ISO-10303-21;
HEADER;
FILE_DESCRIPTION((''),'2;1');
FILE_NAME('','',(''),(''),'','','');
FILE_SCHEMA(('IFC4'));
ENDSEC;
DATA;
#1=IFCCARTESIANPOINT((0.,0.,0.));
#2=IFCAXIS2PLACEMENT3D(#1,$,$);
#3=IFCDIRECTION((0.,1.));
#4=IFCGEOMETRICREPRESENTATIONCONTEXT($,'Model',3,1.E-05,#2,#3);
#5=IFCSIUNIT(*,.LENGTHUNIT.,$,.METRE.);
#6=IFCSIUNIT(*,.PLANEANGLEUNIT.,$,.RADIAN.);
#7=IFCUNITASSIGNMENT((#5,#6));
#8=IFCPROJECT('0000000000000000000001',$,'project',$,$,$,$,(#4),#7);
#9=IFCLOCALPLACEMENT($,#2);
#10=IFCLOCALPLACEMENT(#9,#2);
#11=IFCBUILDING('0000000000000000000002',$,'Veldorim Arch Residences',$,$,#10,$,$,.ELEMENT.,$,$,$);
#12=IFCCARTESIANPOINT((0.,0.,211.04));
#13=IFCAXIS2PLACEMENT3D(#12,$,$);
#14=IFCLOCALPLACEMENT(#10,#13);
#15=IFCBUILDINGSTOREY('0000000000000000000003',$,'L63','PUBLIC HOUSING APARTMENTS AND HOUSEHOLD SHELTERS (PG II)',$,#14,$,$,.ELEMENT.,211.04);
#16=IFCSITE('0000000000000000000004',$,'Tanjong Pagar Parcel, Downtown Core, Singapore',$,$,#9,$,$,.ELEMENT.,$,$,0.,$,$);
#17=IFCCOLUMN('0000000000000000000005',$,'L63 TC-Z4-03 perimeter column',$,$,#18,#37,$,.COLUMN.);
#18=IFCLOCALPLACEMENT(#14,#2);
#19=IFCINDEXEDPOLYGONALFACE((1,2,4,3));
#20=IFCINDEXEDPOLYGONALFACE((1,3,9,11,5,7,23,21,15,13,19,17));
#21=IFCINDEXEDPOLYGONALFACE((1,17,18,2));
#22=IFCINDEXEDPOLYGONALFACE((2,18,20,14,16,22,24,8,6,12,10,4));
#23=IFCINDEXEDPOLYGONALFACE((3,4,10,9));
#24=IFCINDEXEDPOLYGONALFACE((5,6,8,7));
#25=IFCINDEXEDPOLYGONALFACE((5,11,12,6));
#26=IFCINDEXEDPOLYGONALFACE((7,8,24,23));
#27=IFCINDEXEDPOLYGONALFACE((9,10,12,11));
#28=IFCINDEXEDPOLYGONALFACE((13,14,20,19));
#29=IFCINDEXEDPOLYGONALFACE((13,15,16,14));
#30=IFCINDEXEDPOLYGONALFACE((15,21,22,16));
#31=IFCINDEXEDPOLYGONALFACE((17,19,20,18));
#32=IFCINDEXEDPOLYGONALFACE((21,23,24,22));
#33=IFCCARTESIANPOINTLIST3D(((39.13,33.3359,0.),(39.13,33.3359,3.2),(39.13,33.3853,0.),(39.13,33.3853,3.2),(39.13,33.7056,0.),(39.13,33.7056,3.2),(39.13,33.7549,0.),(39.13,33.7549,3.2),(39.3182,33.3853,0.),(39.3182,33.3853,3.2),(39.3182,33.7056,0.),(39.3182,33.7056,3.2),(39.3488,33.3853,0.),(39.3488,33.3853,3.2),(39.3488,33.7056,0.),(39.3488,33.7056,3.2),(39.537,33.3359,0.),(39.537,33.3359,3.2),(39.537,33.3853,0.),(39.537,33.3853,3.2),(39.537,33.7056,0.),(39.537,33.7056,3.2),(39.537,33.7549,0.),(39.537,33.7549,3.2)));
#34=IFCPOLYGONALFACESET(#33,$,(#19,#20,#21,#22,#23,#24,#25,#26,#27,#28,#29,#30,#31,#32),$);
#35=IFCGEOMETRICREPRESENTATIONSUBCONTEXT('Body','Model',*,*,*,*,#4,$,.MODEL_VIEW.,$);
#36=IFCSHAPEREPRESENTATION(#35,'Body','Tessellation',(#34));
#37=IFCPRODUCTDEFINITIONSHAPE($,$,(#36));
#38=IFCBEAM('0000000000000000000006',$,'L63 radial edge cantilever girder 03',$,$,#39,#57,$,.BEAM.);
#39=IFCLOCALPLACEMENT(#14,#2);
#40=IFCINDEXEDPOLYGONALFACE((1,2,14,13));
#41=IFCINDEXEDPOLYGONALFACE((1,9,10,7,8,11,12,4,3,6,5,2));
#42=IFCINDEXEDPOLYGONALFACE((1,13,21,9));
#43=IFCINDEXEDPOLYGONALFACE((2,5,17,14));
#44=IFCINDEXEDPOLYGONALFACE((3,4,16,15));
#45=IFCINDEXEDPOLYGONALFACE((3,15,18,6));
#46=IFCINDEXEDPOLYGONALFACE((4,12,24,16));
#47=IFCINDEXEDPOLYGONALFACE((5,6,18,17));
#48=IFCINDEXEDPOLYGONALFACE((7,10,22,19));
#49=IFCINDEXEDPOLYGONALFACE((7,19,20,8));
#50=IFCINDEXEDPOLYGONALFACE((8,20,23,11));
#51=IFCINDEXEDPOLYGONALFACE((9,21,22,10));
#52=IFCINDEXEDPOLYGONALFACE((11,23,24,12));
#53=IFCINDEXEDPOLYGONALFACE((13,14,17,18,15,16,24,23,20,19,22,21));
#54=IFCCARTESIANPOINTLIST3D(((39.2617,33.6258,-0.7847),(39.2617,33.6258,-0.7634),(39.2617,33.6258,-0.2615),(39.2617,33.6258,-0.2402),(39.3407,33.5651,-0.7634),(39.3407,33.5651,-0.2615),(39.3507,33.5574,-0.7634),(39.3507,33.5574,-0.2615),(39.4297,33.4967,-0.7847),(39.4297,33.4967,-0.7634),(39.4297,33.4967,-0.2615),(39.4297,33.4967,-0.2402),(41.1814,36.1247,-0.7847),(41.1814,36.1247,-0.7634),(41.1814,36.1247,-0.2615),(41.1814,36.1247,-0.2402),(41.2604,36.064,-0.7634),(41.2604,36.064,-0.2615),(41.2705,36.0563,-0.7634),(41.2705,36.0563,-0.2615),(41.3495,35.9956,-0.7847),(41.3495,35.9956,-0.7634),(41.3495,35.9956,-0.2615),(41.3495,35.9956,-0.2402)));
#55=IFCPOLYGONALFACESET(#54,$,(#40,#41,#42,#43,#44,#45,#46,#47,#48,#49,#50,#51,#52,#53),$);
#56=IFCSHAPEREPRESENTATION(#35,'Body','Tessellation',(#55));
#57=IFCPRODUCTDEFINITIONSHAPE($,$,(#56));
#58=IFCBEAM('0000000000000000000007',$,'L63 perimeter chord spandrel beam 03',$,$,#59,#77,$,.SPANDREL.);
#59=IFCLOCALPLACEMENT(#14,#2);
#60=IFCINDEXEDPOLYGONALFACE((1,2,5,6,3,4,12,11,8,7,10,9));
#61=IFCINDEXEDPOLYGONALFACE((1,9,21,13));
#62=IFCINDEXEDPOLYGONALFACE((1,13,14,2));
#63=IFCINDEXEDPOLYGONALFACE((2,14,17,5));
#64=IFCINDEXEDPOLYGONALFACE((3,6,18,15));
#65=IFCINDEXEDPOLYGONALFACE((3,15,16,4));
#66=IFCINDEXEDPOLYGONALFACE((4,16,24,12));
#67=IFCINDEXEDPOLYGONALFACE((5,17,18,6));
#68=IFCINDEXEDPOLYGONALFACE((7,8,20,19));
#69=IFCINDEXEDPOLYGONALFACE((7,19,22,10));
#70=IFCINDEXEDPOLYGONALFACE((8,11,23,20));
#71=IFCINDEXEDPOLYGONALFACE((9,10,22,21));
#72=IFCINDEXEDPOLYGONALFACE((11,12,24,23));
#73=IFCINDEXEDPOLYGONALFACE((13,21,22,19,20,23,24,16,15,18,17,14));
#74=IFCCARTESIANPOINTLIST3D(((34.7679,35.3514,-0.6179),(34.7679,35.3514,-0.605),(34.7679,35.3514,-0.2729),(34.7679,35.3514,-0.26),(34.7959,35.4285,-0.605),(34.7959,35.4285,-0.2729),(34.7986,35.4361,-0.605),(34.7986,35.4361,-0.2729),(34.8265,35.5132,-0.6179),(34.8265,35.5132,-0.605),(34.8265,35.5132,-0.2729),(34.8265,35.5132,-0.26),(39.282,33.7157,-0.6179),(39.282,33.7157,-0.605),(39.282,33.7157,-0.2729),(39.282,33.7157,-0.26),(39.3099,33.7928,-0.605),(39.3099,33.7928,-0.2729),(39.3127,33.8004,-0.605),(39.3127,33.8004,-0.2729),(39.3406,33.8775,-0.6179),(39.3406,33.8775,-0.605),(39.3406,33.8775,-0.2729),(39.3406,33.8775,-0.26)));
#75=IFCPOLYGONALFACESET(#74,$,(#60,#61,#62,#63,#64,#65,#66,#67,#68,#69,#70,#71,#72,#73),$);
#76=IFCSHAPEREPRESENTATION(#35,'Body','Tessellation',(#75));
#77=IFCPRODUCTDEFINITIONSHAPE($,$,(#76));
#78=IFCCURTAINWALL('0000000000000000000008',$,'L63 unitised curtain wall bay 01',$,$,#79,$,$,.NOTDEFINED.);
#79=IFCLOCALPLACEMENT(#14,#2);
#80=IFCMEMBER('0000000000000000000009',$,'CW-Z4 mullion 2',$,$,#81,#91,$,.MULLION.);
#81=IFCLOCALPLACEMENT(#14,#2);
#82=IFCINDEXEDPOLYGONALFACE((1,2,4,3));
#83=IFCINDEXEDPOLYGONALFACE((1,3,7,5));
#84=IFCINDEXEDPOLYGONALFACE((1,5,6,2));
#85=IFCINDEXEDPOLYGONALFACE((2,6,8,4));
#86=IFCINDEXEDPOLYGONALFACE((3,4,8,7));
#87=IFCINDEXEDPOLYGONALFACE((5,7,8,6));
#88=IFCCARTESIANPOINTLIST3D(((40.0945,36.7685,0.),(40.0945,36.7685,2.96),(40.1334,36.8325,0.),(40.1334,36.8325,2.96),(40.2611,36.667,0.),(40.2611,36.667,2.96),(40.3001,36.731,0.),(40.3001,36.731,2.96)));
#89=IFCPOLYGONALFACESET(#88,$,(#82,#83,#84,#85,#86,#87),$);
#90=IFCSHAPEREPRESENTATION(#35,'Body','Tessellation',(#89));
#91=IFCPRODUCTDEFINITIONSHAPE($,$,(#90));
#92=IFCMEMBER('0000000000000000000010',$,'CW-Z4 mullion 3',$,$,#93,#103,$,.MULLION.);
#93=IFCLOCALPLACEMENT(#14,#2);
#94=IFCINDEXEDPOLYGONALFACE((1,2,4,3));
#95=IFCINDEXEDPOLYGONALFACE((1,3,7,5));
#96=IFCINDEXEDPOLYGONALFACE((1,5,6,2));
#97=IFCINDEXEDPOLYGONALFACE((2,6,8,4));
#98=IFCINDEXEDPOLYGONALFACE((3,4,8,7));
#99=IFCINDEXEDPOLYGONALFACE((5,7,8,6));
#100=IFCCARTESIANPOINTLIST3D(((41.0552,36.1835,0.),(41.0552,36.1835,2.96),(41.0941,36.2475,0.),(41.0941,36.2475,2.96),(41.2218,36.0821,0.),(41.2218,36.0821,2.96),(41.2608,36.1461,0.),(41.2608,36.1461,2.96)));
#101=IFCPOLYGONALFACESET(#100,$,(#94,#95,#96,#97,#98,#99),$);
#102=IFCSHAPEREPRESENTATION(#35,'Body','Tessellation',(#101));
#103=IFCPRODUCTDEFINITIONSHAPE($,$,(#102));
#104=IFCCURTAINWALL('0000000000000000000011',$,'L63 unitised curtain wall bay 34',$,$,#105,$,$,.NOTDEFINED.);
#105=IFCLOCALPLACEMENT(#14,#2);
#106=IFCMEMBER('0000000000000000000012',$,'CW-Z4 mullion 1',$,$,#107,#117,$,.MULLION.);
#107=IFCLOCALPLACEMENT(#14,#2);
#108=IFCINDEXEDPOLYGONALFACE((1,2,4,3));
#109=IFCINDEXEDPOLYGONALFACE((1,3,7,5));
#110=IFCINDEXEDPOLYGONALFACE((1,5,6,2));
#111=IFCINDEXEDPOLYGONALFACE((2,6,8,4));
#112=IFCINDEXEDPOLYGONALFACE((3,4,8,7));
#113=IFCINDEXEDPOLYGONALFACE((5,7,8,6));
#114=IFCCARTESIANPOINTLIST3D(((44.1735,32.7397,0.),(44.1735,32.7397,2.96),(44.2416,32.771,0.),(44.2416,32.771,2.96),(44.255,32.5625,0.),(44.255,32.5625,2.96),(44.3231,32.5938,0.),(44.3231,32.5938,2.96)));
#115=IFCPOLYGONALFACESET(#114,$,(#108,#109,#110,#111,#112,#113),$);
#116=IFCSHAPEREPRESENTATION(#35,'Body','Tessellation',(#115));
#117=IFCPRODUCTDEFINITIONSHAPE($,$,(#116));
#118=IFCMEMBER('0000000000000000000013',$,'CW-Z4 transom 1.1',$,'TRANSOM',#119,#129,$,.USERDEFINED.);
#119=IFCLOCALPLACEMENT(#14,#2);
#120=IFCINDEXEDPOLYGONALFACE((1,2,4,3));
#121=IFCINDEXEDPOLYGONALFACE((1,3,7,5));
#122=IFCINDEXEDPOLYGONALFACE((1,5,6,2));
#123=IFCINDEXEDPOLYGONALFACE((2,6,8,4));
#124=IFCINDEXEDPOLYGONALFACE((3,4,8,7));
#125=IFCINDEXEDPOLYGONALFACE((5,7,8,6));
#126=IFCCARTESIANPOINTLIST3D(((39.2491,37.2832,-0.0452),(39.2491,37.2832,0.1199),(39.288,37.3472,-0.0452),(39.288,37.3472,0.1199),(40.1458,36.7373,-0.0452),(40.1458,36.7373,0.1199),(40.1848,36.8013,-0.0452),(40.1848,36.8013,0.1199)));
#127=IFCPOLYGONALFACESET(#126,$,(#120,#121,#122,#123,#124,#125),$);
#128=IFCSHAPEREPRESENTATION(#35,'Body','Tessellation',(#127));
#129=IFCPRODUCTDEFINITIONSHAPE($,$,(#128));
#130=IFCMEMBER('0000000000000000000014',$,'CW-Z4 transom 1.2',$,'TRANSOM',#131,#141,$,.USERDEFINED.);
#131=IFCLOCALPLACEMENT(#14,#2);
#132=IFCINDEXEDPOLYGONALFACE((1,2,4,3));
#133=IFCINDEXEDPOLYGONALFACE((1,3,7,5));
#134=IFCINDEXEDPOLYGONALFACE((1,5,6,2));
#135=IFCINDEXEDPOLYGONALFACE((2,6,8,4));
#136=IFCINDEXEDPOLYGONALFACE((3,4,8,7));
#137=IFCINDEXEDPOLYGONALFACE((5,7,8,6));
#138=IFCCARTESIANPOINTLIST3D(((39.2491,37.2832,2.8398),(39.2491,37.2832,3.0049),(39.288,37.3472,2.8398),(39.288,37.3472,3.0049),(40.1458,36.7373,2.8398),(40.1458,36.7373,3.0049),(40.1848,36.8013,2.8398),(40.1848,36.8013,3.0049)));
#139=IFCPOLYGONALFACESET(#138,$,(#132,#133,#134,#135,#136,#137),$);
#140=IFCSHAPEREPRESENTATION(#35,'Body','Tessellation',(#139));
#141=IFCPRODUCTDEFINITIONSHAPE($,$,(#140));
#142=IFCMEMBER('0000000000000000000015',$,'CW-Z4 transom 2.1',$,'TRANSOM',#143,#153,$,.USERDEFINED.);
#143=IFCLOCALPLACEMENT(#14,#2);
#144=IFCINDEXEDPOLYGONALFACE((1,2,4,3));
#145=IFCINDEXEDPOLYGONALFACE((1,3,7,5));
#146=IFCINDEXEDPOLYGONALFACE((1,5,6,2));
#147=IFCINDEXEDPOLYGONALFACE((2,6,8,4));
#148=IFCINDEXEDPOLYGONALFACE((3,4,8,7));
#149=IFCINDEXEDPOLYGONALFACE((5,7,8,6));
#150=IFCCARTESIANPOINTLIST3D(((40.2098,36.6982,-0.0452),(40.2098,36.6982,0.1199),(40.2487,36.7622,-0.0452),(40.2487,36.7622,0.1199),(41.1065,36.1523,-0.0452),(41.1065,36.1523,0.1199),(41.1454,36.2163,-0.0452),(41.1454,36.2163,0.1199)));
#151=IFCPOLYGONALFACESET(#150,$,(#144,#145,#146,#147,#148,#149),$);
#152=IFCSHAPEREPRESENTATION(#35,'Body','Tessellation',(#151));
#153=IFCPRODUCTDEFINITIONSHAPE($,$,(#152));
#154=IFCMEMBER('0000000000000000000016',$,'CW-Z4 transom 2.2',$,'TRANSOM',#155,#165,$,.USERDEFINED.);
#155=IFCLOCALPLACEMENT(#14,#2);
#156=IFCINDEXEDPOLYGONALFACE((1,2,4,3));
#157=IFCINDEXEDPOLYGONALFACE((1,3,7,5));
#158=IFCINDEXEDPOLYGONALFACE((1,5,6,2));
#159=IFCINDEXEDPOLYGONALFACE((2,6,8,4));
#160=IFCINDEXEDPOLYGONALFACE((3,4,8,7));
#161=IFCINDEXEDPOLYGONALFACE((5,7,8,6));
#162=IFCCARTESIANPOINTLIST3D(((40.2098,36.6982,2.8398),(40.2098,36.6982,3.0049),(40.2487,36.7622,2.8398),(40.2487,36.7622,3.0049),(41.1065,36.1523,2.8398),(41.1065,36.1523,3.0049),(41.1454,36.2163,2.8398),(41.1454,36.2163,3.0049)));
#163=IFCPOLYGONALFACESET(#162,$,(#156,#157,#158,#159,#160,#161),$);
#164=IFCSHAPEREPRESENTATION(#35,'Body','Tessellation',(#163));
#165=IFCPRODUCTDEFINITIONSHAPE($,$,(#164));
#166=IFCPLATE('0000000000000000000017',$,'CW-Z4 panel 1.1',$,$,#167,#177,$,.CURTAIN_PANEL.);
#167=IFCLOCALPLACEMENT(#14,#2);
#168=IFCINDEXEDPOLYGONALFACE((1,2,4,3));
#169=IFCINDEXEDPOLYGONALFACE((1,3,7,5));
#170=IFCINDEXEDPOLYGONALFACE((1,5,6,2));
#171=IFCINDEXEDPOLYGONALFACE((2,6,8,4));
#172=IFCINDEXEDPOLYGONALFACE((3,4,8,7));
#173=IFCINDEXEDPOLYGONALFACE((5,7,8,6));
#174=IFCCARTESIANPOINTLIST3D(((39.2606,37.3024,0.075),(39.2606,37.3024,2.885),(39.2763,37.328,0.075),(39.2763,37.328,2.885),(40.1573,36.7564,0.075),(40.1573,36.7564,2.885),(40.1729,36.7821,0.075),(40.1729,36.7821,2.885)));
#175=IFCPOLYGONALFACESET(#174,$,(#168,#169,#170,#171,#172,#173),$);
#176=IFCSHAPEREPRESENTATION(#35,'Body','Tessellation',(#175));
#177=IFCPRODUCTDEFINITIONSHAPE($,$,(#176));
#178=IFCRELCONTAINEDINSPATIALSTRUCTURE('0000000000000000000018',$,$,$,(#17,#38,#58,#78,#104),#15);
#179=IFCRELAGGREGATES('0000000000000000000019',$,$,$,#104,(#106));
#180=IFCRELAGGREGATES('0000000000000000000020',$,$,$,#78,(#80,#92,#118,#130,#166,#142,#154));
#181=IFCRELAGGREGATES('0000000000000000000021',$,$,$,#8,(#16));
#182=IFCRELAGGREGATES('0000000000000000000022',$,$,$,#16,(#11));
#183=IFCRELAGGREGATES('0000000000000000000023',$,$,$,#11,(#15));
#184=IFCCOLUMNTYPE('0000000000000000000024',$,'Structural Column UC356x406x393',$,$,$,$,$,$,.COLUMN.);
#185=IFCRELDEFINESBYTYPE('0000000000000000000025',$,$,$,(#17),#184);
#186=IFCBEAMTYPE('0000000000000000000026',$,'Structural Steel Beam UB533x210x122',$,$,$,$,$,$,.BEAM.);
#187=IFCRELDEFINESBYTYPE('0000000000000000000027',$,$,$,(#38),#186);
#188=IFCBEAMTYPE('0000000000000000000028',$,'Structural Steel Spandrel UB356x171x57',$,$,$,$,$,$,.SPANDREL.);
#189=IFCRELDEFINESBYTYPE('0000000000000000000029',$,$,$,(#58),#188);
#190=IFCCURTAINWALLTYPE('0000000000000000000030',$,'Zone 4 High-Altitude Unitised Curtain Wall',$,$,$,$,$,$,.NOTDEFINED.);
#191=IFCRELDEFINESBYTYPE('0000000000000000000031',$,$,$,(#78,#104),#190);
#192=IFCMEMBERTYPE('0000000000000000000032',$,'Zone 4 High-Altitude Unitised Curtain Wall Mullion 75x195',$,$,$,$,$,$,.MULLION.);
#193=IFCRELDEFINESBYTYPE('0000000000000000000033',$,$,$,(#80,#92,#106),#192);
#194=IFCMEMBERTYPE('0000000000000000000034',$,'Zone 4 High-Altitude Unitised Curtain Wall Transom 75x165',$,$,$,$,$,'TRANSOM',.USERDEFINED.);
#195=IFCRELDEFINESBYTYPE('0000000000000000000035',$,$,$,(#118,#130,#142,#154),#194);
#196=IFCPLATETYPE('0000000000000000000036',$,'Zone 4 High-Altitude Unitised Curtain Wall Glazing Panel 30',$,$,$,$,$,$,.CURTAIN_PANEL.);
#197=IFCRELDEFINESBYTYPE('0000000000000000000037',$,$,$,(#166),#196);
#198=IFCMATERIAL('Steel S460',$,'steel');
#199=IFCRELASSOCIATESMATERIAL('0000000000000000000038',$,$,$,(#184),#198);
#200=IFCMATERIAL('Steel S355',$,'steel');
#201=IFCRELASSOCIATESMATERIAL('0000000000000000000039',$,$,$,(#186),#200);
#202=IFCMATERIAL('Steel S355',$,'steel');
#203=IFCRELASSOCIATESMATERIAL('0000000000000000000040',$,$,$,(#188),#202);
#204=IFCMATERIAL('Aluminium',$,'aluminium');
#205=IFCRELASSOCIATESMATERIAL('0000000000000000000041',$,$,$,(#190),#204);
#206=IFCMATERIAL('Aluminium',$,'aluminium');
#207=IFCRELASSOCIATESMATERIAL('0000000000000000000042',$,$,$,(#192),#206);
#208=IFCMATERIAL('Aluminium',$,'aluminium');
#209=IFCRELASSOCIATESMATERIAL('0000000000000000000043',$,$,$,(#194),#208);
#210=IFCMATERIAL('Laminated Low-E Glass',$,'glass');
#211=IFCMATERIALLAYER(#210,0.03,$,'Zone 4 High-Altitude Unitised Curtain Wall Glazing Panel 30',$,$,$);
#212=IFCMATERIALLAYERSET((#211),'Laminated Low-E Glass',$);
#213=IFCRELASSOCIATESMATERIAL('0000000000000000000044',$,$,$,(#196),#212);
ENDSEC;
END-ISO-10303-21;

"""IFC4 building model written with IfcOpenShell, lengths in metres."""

from ifc_helpers import new_model, si_unit, direction, frame, origin, origin_2d, place, context, subcontext, project, spatial, rectangle, i_section, extrude, material, layer, layer_set, material_profile, profile_set, type_object, element, aggregate, save


model = new_model("IFC4")

# Units and contexts
model_context = context("Model", 3, precision=1e-05, world=origin(), true_north=direction((0.0, 1.0)))
body_context = subcontext(model_context, "Body", "Model", "MODEL_VIEW")
ifc_project = project(units=[si_unit("LENGTHUNIT", "METRE"), si_unit("PLANEANGLEUNIT", "RADIAN")], contexts=[model_context])

# Site, building, storey
site_placement = place(None, origin())
site = spatial("IfcSite", under=ifc_project, at=site_placement, Name="Tanjong Pagar Parcel, Downtown Core, Singapore", CompositionType="ELEMENT", RefElevation=0.0)
building_placement = place(site_placement, origin())
building = spatial("IfcBuilding", under=site, at=building_placement, Name="Veldorim Arch Residences", CompositionType="ELEMENT")
storey_placement = place(building_placement, frame((0.0, 0.0, 211.04)))
storey = spatial("IfcBuildingStorey", under=building, at=storey_placement, Name="L63", Description="PUBLIC HOUSING APARTMENTS AND HOUSEHOLD SHELTERS (PG II)", CompositionType="ELEMENT", Elevation=211.04)

# Column
ifc_material_1 = material(Name="Steel S460", Category="steel")
ifc_material_profile_1 = material_profile(ifc_material_1, i_section(OverallWidth=0.407, OverallDepth=0.4189, WebThickness=0.0305, FlangeThickness=0.0493, at=origin_2d()), Name="UC356x406x393")
ifc_profile_set_1 = profile_set([ifc_material_profile_1], Name="Steel S460")
column_type = type_object("IfcColumnType", Name="Structural Column UC356x406x393", PredefinedType="COLUMN", material=ifc_profile_set_1)
column_placement = place(storey_placement, frame((39.3335, 33.5454, 0.0), z_axis=(0.0, 0.0, 1.0), x_axis=(1.0, 0.0, 0.0)))
element("IfcColumn", 1, at=column_placement, inside=storey, type_object=column_type, Name="L63 TC-Z4-03 perimeter column", PredefinedType="COLUMN", context=body_context, shape_type="SweptSolid", body=[
    extrude(i_section(OverallWidth=0.407, OverallDepth=0.4189, WebThickness=0.0305, FlangeThickness=0.0493, at=origin_2d()), origin(), (0.0, 0.0, 1.0), 3.2),
])

# Beams
ifc_material_2 = material(Name="Steel S355", Category="steel")
ifc_material_profile_2 = material_profile(ifc_material_2, i_section(OverallWidth=0.2119, OverallDepth=0.5444, WebThickness=0.0127, FlangeThickness=0.0212, at=origin_2d()), Name="UB533x210x122")
ifc_profile_set_2 = profile_set([ifc_material_profile_2], Name="Steel S355")
beam_type_1 = type_object("IfcBeamType", Name="Structural Steel Beam UB533x210x122", PredefinedType="BEAM", material=ifc_profile_set_2)
beam_1_placement = place(storey_placement, frame((39.3457, 33.5613, -0.5125), z_axis=(0.60922, 0.793001, 0.0), x_axis=(-0.793001, 0.60922, 0.0)))
element("IfcBeam", 2, at=beam_1_placement, inside=storey, type_object=beam_type_1, Name="L63 radial edge cantilever girder 03", PredefinedType="BEAM", context=body_context, shape_type="SweptSolid", body=[
    extrude(i_section(OverallWidth=0.2119, OverallDepth=0.5444, WebThickness=0.0127, FlangeThickness=0.0212, at=origin_2d()), origin(), (0.0, 0.0, 1.0), 3.1511),
])
ifc_material_3 = material(Name="Steel S355", Category="steel")
ifc_material_profile_3 = material_profile(ifc_material_3, i_section(OverallWidth=0.1721, OverallDepth=0.3579, WebThickness=0.0081, FlangeThickness=0.0129, at=origin_2d()), Name="UB356x171x57")
ifc_profile_set_3 = profile_set([ifc_material_profile_3], Name="Steel S355")
beam_type_2 = type_object("IfcBeamType", Name="Structural Steel Spandrel UB356x171x57", PredefinedType="SPANDREL", material=ifc_profile_set_3)
beam_2_placement = place(storey_placement, frame((39.3113, 33.7966, -0.439), z_axis=(-0.940179, 0.340681, 0.0), x_axis=(-0.340681, -0.940179, 0.0)))
element("IfcBeam", 3, at=beam_2_placement, inside=storey, type_object=beam_type_2, Name="L63 perimeter chord spandrel beam 03", PredefinedType="SPANDREL", context=body_context, shape_type="SweptSolid", body=[
    extrude(i_section(OverallWidth=0.1721, OverallDepth=0.3579, WebThickness=0.0081, FlangeThickness=0.0129, at=origin_2d()), origin(), (0.0, 0.0, 1.0), 4.8013),
])

# Curtain wall, members
ifc_material_4 = material(Name="Aluminium", Category="aluminium")
curtain_wall_type = type_object("IfcCurtainWallType", Name="Zone 4 High-Altitude Unitised Curtain Wall", PredefinedType="NOTDEFINED", material=ifc_material_4)
curtain_wall_1_placement = place(storey_placement, origin())
curtain_wall_1 = element("IfcCurtainWall", 4, at=curtain_wall_1_placement, inside=storey, type_object=curtain_wall_type, Name="L63 unitised curtain wall bay 01", PredefinedType="NOTDEFINED")
ifc_material_5 = material(Name="Aluminium", Category="aluminium")
ifc_material_profile_4 = material_profile(ifc_material_5, rectangle(XDim=0.075, YDim=0.1951, at=origin_2d()), Name="ALU_MUL_75x195")
ifc_profile_set_4 = profile_set([ifc_material_profile_4], Name="Aluminium")
member_type_1 = type_object("IfcMemberType", Name="Zone 4 High-Altitude Unitised Curtain Wall Mullion 75x195", PredefinedType="MULLION", material=ifc_profile_set_4)
member_1_placement = place(storey_placement, frame((40.1973, 36.7498, 0.0), z_axis=(0.0, 0.0, 1.0), x_axis=(0.520033, 0.854146, 0.0)))
member_1 = element("IfcMember", 5, at=member_1_placement, type_object=member_type_1, Name="CW-Z4 mullion 2", PredefinedType="MULLION", context=body_context, shape_type="SweptSolid", body=[
    extrude(rectangle(XDim=0.075, YDim=0.1951, at=origin_2d()), origin(), (0.0, 0.0, 1.0), 2.96),
])
member_2_placement = place(storey_placement, frame((41.158, 36.1648, 0.0), z_axis=(0.0, 0.0, 1.0), x_axis=(0.520033, 0.854146, 0.0)))
member_2 = element("IfcMember", 6, at=member_2_placement, type_object=member_type_1, Name="CW-Z4 mullion 3", PredefinedType="MULLION", context=body_context, shape_type="SweptSolid", body=[
    extrude(rectangle(XDim=0.075, YDim=0.1951, at=origin_2d()), origin(), (0.0, 0.0, 1.0), 2.96),
])

# Curtain wall, member
curtain_wall_2_placement = place(storey_placement, origin())
curtain_wall_2 = element("IfcCurtainWall", 7, at=curtain_wall_2_placement, inside=storey, type_object=curtain_wall_type, Name="L63 unitised curtain wall bay 34", PredefinedType="NOTDEFINED")
member_3_placement = place(storey_placement, frame((44.2483, 32.6667, 0.0), z_axis=(0.0, 0.0, 1.0), x_axis=(0.9084, 0.418102, 0.0)))
member_3 = element("IfcMember", 8, at=member_3_placement, type_object=member_type_1, Name="CW-Z4 mullion 1", PredefinedType="MULLION", context=body_context, shape_type="SweptSolid", body=[
    extrude(rectangle(XDim=0.075, YDim=0.1951, at=origin_2d()), origin(), (0.0, 0.0, 1.0), 2.96),
])
aggregate(curtain_wall_2, [member_3])

# Members
ifc_material_6 = material(Name="Aluminium", Category="aluminium")
ifc_material_profile_5 = material_profile(ifc_material_6, rectangle(XDim=0.075, YDim=0.165, at=origin_2d()), Name="ALU_TRN_75x165")
ifc_profile_set_5 = profile_set([ifc_material_profile_5], Name="Aluminium")
member_type_2 = type_object("IfcMemberType", Name="Zone 4 High-Altitude Unitised Curtain Wall Transom 75x165", ElementType="TRANSOM", PredefinedType="USERDEFINED", material=ifc_profile_set_5)
member_4_placement = place(storey_placement, frame((39.2686, 37.3152, 0.0374), z_axis=(0.854172, -0.519991, 0.0), x_axis=(0.519991, 0.854172, 0.0)))
member_4 = element("IfcMember", 9, at=member_4_placement, type_object=member_type_2, Name="CW-Z4 transom 1.1", ObjectType="TRANSOM", PredefinedType="USERDEFINED", context=body_context, shape_type="SweptSolid", body=[
    extrude(rectangle(XDim=0.075, YDim=0.165, at=origin_2d()), origin(), (0.0, 0.0, 1.0), 1.0498),
])
member_5_placement = place(storey_placement, frame((39.2686, 37.3152, 2.9224), z_axis=(0.854172, -0.519991, 0.0), x_axis=(0.519991, 0.854172, 0.0)))
member_5 = element("IfcMember", 10, at=member_5_placement, type_object=member_type_2, Name="CW-Z4 transom 1.2", ObjectType="TRANSOM", PredefinedType="USERDEFINED", context=body_context, shape_type="SweptSolid", body=[
    extrude(rectangle(XDim=0.075, YDim=0.165, at=origin_2d()), origin(), (0.0, 0.0, 1.0), 1.0498),
])
member_6_placement = place(storey_placement, frame((40.2292, 36.7302, 0.0374), z_axis=(0.854172, -0.519991, 0.0), x_axis=(0.519991, 0.854172, 0.0)))
member_6 = element("IfcMember", 11, at=member_6_placement, type_object=member_type_2, Name="CW-Z4 transom 2.1", ObjectType="TRANSOM", PredefinedType="USERDEFINED", context=body_context, shape_type="SweptSolid", body=[
    extrude(rectangle(XDim=0.075, YDim=0.165, at=origin_2d()), origin(), (0.0, 0.0, 1.0), 1.0498),
])
member_7_placement = place(storey_placement, frame((40.2292, 36.7302, 2.9224), z_axis=(0.854172, -0.519991, 0.0), x_axis=(0.519991, 0.854172, 0.0)))
member_7 = element("IfcMember", 12, at=member_7_placement, type_object=member_type_2, Name="CW-Z4 transom 2.2", ObjectType="TRANSOM", PredefinedType="USERDEFINED", context=body_context, shape_type="SweptSolid", body=[
    extrude(rectangle(XDim=0.075, YDim=0.165, at=origin_2d()), origin(), (0.0, 0.0, 1.0), 1.0498),
])

# Plate
ifc_material_7 = material(Name="Laminated Low-E Glass", Category="glass")
ifc_layer_1 = layer(ifc_material_7, 0.03, Name="Zone 4 High-Altitude Unitised Curtain Wall Glazing Panel 30")
ifc_layer_set_1 = layer_set([ifc_layer_1], Name="Laminated Low-E Glass")
plate_type = type_object("IfcPlateType", Name="Zone 4 High-Altitude Unitised Curtain Wall Glazing Panel 30", PredefinedType="CURTAIN_PANEL", material=ifc_layer_set_1)
plate_1_placement = place(storey_placement, frame((39.7168, 37.0422, 0.075), z_axis=(0.0, 0.0, 1.0), x_axis=(0.854146, -0.520033, 0.0)))
plate_1 = element("IfcPlate", 13, at=plate_1_placement, type_object=plate_type, Name="CW-Z4 panel 1.1", PredefinedType="CURTAIN_PANEL", context=body_context, shape_type="SweptSolid", body=[
    extrude(rectangle(XDim=1.0498, YDim=0.03, at=origin_2d()), origin(), (0.0, 0.0, 1.0), 2.8101),
])
aggregate(curtain_wall_1, [member_1, member_2, member_4, member_5, plate_1, member_6, member_7])

save(model, "model.ifc")
